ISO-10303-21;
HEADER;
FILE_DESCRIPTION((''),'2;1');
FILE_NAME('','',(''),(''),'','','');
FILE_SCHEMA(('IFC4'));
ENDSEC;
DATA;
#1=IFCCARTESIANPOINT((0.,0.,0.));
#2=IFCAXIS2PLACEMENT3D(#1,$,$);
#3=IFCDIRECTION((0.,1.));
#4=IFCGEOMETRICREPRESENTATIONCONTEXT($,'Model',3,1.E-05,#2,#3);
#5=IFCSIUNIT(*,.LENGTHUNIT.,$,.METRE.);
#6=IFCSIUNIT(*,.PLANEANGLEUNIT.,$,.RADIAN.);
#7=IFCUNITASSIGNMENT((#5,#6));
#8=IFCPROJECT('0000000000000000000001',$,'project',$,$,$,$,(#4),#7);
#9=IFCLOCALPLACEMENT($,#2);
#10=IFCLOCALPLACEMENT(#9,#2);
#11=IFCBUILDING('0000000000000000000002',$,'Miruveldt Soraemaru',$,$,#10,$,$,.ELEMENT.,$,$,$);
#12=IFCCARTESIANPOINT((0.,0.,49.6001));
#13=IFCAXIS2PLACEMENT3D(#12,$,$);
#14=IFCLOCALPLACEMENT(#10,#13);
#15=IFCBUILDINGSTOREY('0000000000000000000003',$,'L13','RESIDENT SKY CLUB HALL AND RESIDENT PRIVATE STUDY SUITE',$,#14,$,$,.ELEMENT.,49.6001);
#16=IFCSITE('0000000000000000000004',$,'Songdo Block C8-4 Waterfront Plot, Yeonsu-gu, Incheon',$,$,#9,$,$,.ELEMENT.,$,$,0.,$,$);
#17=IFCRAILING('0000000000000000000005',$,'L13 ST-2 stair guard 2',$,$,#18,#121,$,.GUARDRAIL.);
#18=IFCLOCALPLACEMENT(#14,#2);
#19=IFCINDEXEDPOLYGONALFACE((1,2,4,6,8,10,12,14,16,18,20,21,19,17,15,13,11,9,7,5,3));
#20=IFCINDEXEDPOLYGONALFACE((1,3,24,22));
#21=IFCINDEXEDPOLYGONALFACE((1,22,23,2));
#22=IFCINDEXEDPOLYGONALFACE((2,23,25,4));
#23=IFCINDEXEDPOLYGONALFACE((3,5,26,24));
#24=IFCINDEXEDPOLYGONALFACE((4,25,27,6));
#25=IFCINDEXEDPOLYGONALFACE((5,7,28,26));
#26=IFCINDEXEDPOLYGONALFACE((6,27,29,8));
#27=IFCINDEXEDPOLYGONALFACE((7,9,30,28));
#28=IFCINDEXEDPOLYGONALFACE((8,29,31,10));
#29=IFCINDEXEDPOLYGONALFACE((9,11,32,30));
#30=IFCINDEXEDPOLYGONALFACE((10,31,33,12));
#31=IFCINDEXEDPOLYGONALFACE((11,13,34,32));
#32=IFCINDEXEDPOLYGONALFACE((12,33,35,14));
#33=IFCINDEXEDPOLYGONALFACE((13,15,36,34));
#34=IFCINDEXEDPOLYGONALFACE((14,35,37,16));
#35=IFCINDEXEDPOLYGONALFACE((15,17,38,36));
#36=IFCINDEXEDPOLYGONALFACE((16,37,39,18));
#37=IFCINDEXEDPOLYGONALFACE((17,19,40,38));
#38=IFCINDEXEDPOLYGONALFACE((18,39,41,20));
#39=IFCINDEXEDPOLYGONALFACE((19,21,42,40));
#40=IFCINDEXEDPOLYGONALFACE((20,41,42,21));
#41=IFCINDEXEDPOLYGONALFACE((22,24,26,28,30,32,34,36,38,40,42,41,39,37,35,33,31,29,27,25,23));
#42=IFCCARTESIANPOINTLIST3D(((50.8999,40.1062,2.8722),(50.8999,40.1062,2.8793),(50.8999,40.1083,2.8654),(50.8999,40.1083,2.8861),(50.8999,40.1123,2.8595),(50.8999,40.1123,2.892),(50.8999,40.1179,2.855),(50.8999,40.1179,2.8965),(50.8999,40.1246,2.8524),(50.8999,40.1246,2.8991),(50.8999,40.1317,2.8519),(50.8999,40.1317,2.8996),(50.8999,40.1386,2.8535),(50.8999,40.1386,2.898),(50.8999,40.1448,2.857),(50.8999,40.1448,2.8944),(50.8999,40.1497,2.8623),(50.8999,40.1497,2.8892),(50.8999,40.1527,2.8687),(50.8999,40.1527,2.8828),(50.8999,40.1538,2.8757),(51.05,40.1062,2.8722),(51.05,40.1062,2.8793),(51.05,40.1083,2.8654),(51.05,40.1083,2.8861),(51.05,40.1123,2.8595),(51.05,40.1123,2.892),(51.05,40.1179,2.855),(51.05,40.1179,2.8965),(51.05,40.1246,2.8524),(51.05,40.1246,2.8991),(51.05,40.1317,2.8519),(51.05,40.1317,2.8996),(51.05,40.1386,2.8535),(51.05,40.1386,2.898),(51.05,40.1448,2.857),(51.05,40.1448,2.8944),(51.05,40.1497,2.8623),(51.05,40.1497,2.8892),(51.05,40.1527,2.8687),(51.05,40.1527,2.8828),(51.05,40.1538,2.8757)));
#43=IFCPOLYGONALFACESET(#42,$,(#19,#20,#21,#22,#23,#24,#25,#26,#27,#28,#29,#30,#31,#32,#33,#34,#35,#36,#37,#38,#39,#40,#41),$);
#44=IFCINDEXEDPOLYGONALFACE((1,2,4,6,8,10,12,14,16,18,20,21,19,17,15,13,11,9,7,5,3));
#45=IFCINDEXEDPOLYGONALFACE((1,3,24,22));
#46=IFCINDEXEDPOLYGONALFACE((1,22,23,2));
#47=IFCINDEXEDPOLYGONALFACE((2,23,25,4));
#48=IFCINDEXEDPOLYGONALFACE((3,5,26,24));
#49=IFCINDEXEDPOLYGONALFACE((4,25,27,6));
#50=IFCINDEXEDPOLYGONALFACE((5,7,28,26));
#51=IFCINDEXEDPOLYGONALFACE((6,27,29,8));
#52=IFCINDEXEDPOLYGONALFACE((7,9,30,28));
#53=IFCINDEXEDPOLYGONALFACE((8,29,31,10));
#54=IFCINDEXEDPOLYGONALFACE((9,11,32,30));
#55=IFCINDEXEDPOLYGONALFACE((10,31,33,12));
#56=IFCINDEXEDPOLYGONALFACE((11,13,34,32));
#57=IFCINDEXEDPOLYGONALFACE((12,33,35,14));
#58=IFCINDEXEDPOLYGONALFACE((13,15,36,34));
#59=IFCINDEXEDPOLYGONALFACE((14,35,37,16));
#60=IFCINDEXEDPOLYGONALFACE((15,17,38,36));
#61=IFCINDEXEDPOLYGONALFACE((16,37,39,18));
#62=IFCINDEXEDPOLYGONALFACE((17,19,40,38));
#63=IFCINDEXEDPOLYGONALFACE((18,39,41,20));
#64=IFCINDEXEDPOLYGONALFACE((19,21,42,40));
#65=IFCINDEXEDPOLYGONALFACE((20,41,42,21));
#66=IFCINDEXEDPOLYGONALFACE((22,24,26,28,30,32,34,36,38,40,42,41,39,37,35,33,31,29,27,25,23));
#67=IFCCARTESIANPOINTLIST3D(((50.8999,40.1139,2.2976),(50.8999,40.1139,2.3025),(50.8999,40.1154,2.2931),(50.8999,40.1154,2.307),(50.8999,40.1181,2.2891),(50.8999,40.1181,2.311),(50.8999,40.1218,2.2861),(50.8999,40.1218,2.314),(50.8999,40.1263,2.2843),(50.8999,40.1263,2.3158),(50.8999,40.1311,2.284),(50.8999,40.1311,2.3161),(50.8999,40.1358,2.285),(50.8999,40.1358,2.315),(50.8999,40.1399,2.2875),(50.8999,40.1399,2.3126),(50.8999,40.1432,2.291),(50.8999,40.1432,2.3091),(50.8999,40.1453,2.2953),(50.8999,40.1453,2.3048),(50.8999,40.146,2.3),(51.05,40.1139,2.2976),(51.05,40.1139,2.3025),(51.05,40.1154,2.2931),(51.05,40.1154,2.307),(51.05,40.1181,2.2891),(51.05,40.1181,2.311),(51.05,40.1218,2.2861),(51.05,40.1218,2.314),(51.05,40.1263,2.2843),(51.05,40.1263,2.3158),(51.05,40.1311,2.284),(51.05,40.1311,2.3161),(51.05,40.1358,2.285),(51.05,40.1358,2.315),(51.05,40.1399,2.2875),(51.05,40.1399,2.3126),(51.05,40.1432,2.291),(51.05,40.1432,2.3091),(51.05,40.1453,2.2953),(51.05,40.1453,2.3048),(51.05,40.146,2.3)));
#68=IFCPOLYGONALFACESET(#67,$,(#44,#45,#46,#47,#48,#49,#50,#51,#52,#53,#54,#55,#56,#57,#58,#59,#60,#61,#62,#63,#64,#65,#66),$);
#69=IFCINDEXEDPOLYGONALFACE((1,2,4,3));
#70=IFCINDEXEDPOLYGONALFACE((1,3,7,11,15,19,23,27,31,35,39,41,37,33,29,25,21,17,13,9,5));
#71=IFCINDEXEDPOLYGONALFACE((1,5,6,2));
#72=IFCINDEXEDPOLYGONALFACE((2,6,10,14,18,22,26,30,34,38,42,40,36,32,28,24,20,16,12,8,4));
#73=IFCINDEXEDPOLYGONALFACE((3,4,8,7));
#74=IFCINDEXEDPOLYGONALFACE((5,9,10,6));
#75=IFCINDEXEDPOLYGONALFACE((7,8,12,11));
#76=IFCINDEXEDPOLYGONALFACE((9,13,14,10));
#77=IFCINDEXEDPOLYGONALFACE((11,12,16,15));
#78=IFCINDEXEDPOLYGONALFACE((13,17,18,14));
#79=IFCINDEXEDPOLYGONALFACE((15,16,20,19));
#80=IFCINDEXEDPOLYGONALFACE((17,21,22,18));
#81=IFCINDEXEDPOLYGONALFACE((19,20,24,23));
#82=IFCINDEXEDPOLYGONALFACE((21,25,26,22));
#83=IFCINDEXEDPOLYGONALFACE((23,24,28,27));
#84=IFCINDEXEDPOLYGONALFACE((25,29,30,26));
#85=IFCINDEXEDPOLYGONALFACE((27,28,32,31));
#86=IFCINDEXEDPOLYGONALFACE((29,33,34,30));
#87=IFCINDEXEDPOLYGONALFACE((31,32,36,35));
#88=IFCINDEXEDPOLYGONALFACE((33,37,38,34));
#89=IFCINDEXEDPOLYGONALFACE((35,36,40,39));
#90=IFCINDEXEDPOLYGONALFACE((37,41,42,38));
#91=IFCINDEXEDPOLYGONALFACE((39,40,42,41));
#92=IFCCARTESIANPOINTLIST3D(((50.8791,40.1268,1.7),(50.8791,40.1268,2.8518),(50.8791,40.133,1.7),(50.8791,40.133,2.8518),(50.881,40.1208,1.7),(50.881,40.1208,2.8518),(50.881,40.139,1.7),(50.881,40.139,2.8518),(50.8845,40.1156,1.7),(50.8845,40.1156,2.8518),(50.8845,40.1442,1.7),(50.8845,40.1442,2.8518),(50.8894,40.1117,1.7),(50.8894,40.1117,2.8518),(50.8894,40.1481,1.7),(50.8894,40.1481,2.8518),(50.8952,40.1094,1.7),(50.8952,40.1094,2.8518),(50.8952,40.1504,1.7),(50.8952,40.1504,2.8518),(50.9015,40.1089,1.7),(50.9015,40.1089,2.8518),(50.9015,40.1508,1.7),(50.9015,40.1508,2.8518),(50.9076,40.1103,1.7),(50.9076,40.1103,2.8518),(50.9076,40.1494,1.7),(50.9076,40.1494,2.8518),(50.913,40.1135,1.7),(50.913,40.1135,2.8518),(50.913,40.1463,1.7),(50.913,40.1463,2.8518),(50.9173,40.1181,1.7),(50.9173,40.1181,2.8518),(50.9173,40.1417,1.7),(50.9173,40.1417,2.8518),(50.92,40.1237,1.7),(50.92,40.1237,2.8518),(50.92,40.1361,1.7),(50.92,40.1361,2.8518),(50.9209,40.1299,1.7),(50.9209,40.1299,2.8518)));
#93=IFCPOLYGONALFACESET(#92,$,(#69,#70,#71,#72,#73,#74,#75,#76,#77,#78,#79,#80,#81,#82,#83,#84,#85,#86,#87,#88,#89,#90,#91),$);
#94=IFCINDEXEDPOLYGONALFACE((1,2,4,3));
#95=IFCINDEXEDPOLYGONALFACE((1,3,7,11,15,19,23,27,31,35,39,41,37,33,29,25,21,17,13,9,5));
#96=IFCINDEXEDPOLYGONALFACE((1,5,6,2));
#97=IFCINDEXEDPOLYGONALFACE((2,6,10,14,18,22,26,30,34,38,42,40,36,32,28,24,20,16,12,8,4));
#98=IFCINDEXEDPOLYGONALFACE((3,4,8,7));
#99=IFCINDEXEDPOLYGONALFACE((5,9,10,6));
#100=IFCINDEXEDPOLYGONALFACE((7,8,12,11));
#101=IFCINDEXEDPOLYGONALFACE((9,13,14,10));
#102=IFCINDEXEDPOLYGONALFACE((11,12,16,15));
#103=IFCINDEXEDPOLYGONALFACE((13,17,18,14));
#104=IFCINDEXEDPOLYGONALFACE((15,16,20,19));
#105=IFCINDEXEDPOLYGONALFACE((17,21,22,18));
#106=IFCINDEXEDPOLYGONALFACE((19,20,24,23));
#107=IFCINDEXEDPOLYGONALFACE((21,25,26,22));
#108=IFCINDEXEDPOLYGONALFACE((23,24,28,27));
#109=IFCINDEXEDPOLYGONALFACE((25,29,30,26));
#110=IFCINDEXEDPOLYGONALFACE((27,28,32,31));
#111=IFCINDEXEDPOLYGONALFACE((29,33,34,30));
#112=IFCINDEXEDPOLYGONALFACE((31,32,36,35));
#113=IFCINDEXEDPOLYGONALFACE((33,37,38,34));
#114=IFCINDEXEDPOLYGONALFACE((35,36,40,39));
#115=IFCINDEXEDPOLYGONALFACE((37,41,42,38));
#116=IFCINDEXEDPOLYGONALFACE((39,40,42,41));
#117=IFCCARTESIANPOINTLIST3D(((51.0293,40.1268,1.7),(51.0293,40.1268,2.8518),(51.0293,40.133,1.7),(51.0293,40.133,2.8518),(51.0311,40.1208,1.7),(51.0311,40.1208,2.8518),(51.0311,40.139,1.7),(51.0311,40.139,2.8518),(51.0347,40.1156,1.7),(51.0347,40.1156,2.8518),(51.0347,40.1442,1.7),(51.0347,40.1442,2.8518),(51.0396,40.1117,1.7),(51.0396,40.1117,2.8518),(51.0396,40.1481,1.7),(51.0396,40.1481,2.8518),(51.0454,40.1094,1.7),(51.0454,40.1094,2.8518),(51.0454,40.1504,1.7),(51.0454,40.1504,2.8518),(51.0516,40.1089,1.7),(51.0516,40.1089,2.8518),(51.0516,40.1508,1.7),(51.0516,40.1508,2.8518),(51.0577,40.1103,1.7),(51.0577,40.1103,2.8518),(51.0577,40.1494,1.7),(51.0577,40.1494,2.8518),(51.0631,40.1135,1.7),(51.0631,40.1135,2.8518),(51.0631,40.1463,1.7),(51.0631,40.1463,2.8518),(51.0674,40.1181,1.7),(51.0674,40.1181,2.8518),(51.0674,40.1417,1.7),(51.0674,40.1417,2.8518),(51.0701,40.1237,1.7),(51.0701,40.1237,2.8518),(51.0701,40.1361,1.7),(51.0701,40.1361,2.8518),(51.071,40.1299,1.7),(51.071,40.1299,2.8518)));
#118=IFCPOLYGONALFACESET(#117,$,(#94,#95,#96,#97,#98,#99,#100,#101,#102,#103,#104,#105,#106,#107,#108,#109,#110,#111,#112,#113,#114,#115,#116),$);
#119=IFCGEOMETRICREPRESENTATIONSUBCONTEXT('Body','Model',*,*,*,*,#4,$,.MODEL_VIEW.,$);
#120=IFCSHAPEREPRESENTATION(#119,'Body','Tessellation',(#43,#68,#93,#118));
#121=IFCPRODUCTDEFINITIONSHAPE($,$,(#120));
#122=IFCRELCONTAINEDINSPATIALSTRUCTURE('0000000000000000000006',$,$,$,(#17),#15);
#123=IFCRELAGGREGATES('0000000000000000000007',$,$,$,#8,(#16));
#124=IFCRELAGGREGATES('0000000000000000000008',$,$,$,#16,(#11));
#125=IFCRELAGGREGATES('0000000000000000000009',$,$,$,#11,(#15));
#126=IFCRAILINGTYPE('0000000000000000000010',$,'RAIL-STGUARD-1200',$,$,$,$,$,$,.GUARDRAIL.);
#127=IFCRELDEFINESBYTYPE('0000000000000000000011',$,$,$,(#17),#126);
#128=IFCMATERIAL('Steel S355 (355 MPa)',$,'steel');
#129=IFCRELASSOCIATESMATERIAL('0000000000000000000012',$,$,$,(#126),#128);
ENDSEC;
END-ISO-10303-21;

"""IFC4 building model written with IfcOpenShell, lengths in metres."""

from ifc_helpers import new_model, si_unit, direction, frame, origin, origin_2d, place, context, subcontext, project, spatial, circle, extrude, material, type_object, element, save


model = new_model("IFC4")

# Units and contexts
model_context = context("Model", 3, precision=1e-05, world=origin(), true_north=direction((0.0, 1.0)))
body_context = subcontext(model_context, "Body", "Model", "MODEL_VIEW")
ifc_project = project(units=[si_unit("LENGTHUNIT", "METRE"), si_unit("PLANEANGLEUNIT", "RADIAN")], contexts=[model_context])

# Site, building, storey
site_placement = place(None, origin())
site = spatial("IfcSite", under=ifc_project, at=site_placement, Name="Songdo Block C8-4 Waterfront Plot, Yeonsu-gu, Incheon", CompositionType="ELEMENT", RefElevation=0.0)
building_placement = place(site_placement, origin())
building = spatial("IfcBuilding", under=site, at=building_placement, Name="Miruveldt Soraemaru", CompositionType="ELEMENT")
storey_placement = place(building_placement, frame((0.0, 0.0, 49.6001)))
storey = spatial("IfcBuildingStorey", under=building, at=storey_placement, Name="L13", Description="RESIDENT SKY CLUB HALL AND RESIDENT PRIVATE STUDY SUITE", CompositionType="ELEMENT", Elevation=49.6001)

# Railing
ifc_material_1 = material(Name="Steel S355 (355 MPa)", Category="steel")
railing_type_1 = type_object("IfcRailingType", Name="RAIL-STGUARD-1200", PredefinedType="GUARDRAIL", material=ifc_material_1)
railing_1_placement = place(storey_placement, frame((50.8999, 40.1299, 1.7)))
element("IfcRailing", 1, at=railing_1_placement, inside=storey, type_object=railing_type_1, Name="L13 ST-2 stair guard 2", PredefinedType="GUARDRAIL", context=body_context, shape_type="SweptSolid", body=[
    extrude(circle(Radius=0.0239, at=origin_2d()), frame((0.0, 0.0, 1.1758), z_axis=(1.0, 0.0, 0.0), x_axis=(0.0, 1.0, 0.0)), (0.0, 0.0, 1.0), 0.1501),
    extrude(circle(Radius=0.0161, at=origin_2d()), frame((0.0, 0.0, 0.6001), z_axis=(1.0, 0.0, 0.0), x_axis=(0.0, 1.0, 0.0)), (0.0, 0.0, 1.0), 0.1501),
    extrude(circle(Radius=0.021, at=origin_2d()), origin(), (0.0, 0.0, 1.0), 1.1519),
    extrude(circle(Radius=0.021, at=origin_2d()), frame((0.1501, 0.0, 0.0)), (0.0, 0.0, 1.0), 1.1519),
])

save(model, "model.ifc")
